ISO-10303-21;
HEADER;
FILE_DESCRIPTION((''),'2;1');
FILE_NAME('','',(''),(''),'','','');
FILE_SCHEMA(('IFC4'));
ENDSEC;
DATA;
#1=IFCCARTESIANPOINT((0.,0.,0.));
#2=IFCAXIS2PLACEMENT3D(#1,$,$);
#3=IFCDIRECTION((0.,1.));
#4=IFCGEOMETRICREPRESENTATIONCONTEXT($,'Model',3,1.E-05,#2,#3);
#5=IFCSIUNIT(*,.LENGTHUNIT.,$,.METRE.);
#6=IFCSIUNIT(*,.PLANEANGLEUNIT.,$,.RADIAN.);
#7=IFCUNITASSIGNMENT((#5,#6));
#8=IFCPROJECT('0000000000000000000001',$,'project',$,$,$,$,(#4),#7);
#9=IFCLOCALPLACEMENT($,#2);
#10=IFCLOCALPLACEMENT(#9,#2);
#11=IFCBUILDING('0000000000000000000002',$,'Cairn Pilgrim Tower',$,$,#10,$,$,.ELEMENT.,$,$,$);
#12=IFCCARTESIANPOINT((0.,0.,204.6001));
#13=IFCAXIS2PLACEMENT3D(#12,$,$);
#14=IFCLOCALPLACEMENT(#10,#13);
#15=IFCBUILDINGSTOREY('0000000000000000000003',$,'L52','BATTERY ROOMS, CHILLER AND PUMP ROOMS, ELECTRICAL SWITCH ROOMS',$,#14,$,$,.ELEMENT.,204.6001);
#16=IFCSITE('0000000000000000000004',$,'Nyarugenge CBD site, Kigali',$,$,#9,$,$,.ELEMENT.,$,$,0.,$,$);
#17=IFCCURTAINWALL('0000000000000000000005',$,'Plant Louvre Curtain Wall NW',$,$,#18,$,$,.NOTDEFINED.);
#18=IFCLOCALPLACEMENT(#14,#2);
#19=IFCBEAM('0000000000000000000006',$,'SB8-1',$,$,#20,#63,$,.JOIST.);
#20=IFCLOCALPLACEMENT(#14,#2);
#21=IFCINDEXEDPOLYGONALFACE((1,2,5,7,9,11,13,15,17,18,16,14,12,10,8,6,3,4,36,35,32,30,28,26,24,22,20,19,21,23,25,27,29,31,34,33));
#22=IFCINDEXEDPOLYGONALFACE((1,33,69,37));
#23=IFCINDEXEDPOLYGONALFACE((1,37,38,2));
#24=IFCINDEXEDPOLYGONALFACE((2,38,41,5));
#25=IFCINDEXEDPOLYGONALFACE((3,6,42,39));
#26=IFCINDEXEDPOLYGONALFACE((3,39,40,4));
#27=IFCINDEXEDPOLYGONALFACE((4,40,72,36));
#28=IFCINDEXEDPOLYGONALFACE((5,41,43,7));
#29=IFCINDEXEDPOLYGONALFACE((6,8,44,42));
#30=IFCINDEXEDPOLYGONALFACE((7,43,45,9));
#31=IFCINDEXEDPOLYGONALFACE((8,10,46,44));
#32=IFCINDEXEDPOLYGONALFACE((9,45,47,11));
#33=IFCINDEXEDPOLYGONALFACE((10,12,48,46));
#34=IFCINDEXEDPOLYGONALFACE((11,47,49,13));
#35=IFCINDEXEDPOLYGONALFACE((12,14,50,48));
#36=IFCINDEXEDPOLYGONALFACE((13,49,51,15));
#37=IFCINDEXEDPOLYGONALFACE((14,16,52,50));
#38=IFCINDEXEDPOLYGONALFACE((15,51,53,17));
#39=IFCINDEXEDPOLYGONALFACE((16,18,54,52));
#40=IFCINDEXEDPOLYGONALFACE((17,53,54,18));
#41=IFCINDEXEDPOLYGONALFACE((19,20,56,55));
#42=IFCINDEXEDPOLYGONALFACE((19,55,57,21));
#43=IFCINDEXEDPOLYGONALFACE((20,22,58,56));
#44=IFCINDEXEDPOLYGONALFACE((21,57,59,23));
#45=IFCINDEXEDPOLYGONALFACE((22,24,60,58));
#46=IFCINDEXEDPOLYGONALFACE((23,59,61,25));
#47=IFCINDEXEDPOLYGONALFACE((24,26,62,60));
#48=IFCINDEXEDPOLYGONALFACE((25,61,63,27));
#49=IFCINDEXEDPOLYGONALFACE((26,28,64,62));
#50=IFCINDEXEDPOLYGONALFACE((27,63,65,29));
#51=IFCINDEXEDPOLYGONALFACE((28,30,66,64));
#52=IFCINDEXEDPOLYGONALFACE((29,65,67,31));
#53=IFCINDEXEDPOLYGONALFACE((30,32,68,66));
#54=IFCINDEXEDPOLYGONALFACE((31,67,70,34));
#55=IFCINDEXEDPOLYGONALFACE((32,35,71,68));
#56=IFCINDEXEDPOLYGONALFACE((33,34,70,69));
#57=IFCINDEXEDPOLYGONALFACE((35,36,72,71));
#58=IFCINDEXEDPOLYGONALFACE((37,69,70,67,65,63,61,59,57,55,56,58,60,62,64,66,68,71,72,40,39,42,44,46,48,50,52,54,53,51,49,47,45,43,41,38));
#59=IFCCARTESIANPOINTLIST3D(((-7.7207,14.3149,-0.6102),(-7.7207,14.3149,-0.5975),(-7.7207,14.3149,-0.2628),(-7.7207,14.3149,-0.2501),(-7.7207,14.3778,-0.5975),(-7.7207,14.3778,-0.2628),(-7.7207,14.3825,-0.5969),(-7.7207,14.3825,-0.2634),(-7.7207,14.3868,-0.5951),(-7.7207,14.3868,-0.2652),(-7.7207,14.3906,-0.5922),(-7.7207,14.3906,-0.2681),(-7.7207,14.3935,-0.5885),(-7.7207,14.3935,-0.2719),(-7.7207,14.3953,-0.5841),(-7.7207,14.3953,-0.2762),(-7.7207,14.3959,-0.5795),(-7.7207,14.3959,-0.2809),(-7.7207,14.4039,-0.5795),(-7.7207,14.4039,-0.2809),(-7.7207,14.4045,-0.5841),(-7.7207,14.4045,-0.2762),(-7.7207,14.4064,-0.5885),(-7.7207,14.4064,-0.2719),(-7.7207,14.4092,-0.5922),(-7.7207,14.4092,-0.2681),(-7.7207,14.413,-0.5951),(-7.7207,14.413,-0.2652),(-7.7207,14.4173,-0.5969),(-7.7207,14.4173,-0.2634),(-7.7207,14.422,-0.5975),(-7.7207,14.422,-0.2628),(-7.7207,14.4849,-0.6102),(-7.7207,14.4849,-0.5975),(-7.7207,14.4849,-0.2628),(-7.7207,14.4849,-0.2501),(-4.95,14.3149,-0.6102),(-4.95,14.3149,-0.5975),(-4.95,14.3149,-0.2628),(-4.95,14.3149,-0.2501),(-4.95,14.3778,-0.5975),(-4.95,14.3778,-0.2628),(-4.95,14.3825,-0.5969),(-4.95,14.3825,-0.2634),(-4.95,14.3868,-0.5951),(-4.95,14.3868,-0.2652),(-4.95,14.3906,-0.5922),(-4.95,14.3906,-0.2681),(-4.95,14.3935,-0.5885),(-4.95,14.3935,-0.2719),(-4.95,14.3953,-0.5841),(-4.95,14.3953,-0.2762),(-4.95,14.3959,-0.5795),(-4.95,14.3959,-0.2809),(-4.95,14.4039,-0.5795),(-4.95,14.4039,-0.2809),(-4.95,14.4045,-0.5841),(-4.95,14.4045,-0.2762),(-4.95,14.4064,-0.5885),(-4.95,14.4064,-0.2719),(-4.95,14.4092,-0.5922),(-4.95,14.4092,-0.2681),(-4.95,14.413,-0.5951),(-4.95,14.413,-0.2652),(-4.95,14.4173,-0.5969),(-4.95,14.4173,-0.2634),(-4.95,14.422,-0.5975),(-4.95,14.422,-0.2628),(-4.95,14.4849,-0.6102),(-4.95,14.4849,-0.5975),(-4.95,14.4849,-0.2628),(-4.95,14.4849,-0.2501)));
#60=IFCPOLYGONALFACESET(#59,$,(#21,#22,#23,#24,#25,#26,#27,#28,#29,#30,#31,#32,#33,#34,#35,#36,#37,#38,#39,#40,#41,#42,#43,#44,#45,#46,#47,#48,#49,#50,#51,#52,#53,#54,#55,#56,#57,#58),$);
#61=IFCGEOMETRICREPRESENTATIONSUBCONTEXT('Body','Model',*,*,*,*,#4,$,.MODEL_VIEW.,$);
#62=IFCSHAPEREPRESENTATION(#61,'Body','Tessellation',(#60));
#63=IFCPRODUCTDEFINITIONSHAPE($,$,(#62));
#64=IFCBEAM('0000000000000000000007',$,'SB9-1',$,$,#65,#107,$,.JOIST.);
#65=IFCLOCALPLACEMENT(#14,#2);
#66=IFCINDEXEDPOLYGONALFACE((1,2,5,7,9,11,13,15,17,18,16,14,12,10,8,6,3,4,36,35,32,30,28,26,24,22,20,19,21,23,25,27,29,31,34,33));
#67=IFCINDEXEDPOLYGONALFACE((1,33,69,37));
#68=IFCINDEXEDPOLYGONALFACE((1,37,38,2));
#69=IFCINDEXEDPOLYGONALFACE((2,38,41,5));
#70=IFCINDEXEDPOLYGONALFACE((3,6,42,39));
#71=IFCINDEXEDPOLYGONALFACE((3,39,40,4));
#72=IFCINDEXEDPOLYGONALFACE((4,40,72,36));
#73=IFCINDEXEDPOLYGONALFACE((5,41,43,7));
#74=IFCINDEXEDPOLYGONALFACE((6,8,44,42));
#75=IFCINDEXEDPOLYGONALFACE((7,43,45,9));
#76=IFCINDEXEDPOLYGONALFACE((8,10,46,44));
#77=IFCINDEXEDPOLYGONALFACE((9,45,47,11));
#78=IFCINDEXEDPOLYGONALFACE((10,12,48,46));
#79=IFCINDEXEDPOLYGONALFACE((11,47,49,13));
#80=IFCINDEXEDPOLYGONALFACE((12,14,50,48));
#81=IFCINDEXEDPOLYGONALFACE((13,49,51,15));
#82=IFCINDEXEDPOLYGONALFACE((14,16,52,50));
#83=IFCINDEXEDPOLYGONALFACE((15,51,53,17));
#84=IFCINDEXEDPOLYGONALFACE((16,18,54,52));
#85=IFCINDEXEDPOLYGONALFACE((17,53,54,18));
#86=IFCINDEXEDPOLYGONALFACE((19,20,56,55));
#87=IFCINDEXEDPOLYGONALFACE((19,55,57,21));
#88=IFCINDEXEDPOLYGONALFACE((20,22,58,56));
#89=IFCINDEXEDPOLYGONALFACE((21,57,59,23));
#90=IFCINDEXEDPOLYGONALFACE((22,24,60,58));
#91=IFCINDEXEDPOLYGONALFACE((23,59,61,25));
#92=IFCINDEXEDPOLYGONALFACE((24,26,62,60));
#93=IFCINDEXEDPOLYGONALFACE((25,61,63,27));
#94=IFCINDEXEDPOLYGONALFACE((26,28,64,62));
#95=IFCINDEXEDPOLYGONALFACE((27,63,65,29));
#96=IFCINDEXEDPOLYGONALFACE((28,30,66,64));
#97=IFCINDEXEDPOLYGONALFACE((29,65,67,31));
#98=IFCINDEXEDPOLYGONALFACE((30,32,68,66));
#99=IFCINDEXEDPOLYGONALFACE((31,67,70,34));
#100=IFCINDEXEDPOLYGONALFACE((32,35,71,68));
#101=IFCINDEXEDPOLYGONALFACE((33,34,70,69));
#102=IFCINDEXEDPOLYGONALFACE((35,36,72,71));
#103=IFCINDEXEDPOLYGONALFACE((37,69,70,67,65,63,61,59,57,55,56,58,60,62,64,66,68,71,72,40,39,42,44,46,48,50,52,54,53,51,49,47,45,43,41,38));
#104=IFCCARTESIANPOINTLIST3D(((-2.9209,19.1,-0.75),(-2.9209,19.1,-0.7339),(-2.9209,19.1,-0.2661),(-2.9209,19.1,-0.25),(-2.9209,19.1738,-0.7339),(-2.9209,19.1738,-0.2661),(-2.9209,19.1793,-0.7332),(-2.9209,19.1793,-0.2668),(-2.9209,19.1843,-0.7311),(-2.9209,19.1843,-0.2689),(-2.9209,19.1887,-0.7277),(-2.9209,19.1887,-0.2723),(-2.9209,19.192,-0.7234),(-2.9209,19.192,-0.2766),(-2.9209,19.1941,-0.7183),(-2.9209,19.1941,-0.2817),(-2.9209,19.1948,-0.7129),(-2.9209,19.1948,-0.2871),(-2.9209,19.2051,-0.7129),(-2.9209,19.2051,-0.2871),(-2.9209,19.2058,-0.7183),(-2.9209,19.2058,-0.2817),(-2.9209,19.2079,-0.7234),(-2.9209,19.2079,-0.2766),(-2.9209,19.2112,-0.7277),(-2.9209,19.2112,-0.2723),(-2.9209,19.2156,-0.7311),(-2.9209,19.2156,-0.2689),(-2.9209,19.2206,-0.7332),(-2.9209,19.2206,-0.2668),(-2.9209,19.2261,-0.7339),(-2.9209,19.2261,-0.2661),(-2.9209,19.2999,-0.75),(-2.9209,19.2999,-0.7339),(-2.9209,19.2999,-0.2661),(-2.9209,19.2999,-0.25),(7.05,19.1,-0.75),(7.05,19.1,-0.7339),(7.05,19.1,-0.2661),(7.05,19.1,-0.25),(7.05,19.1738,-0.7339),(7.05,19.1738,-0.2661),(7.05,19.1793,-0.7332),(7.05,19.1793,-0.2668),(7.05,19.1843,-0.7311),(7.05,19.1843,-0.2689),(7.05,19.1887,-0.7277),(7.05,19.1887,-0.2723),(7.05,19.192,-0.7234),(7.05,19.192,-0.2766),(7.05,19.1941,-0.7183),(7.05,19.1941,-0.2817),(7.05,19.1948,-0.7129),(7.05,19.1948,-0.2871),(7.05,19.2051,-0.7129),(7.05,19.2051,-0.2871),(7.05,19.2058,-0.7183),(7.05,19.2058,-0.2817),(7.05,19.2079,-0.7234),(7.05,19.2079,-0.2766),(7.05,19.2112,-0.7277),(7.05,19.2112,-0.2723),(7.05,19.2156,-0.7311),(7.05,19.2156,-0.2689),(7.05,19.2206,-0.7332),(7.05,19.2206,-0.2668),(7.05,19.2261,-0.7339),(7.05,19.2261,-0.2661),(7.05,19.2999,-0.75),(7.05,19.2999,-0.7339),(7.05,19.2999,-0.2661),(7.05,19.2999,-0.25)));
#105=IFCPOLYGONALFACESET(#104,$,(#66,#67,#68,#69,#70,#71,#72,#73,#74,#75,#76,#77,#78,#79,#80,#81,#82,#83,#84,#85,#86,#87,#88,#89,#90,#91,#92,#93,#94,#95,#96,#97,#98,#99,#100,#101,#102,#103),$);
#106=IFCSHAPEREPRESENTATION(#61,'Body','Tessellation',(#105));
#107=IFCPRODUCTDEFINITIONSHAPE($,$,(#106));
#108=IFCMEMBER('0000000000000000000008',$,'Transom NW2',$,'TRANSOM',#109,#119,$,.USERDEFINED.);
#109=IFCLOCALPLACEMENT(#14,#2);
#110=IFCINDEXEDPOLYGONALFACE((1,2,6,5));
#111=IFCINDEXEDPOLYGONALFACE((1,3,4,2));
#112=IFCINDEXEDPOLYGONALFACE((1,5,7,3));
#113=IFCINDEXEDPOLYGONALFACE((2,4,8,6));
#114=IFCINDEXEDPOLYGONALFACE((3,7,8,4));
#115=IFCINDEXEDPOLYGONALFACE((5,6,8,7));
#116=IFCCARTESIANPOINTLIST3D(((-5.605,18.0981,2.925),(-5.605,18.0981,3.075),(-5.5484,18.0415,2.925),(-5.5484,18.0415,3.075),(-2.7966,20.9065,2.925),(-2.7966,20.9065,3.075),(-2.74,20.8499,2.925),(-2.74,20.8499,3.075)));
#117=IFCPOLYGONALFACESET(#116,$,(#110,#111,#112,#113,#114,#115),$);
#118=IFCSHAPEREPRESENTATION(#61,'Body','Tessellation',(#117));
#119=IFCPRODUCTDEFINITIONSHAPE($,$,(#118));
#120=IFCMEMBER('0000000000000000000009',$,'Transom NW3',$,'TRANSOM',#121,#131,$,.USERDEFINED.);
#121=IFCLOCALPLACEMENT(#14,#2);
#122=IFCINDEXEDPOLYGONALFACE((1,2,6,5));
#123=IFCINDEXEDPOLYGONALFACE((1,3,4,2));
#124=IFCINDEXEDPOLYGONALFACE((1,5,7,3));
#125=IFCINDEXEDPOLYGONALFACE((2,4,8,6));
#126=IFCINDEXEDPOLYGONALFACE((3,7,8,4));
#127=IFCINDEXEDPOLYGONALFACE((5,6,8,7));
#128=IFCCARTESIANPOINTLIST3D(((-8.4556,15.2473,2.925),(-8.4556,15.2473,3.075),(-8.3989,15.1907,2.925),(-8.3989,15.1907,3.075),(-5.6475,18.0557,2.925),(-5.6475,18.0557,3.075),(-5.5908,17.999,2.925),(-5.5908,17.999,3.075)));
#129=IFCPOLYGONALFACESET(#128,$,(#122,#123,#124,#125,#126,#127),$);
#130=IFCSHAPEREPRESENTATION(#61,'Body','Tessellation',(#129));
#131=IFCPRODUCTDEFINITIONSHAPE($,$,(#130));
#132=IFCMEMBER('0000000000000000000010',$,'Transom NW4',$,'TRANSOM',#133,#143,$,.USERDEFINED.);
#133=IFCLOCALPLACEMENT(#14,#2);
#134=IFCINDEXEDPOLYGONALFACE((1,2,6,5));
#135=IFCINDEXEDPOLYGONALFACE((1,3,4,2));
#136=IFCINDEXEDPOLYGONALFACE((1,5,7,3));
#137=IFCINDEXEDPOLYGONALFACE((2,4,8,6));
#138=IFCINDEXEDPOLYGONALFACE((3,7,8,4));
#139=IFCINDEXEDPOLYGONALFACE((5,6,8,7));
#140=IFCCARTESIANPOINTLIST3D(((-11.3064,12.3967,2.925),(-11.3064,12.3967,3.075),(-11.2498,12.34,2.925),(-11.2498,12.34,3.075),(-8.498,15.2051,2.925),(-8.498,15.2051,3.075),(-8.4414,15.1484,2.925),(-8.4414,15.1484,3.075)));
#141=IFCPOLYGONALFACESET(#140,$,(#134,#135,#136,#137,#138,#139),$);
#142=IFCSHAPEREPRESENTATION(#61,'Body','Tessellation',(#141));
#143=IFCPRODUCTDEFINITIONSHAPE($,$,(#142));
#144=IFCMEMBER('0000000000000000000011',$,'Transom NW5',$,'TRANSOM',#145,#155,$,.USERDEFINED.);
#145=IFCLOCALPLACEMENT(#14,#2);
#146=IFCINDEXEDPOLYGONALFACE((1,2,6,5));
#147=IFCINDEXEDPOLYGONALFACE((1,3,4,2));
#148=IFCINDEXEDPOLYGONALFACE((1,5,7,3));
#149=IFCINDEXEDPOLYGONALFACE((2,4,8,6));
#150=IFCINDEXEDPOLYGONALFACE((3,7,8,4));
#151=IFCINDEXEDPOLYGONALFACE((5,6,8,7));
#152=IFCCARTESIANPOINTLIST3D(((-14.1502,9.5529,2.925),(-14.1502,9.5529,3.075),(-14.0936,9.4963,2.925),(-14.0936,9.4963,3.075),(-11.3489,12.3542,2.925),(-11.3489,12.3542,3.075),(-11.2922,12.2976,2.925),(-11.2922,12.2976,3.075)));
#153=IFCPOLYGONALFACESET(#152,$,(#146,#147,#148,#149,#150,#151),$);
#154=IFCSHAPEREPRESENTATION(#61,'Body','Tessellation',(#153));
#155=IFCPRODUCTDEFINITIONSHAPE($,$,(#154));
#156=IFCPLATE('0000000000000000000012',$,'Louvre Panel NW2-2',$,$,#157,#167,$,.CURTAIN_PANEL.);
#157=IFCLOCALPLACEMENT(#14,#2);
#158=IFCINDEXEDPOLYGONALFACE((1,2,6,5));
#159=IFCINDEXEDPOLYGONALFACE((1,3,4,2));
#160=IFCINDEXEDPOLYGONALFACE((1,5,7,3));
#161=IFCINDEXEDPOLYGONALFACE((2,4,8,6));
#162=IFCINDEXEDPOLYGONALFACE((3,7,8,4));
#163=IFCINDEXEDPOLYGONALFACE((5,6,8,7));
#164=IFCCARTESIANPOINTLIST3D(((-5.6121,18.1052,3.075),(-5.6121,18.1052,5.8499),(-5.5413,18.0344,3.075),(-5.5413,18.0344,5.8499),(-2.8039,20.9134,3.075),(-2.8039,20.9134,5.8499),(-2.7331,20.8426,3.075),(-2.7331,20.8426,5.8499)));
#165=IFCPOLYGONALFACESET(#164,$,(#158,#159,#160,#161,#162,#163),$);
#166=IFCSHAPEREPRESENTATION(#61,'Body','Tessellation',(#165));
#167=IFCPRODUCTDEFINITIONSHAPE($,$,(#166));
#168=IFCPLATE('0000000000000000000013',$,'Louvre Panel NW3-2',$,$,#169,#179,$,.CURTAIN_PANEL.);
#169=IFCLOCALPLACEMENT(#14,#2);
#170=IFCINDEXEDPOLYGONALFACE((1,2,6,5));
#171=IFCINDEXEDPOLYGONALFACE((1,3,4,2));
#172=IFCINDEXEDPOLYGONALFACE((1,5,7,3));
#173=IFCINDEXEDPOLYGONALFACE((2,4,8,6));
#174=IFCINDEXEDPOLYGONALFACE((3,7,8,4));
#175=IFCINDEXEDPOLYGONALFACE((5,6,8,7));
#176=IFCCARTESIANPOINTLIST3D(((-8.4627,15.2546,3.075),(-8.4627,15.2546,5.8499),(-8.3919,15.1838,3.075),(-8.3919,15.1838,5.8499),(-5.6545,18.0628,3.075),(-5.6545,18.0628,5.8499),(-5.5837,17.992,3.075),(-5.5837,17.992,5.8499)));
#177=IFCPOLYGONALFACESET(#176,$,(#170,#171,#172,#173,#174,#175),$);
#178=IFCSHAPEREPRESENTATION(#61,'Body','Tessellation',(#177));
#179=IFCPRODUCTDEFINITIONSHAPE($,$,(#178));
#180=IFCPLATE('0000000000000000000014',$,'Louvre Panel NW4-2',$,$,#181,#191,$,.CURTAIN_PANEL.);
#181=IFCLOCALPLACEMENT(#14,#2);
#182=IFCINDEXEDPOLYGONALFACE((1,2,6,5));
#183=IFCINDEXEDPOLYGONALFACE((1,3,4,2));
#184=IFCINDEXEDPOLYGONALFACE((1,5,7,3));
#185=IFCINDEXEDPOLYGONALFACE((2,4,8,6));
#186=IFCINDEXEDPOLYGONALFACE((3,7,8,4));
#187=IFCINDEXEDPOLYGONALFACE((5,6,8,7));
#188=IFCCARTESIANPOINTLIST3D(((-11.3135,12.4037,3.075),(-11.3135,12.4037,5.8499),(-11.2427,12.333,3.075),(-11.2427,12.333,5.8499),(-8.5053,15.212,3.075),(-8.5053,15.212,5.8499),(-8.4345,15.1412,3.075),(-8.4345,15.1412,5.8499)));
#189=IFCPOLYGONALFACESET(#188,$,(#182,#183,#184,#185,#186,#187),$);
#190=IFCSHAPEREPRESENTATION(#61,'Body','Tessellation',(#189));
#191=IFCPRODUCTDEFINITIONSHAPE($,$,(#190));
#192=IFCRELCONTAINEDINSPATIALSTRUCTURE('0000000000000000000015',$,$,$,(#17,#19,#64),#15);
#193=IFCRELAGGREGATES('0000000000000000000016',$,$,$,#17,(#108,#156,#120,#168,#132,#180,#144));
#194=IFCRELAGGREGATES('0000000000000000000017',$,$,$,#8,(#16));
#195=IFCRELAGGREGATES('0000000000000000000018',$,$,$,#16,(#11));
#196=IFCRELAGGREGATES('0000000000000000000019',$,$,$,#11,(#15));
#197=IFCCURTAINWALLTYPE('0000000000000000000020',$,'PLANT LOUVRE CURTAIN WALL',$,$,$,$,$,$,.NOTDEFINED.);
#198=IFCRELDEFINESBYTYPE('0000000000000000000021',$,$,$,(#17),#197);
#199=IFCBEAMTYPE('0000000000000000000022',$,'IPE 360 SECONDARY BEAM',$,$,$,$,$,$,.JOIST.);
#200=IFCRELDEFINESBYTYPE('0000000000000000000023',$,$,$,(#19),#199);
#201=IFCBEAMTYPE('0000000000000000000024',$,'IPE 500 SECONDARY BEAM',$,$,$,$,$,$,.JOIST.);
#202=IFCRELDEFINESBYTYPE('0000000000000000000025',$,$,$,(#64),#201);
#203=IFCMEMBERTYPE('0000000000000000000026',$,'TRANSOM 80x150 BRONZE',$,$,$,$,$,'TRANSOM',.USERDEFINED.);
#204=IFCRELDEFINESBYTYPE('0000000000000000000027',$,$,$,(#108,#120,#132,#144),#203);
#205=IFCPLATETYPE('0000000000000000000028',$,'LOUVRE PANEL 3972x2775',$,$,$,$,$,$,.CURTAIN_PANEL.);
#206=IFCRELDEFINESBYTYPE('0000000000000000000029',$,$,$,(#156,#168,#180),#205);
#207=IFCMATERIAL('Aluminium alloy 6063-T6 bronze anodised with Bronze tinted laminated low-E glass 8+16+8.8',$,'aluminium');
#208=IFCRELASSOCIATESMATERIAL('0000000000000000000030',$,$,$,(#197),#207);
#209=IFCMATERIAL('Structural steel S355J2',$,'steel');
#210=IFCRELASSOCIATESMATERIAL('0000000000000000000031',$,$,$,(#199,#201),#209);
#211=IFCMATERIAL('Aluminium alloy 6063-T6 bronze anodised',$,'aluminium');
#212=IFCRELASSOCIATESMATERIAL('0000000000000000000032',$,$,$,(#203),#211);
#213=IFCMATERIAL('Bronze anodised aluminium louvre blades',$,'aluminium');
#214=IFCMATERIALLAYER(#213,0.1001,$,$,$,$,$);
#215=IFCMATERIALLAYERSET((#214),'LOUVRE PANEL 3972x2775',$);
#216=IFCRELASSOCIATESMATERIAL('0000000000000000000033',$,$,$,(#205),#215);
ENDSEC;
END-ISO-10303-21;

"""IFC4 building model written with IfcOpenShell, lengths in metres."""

from ifc_helpers import new_model, si_unit, direction, frame, origin, origin_2d, place, context, subcontext, project, spatial, rectangle, i_section, extrude, material, layer, layer_set, material_profile, profile_set, type_object, element, aggregate, save


model = new_model("IFC4")

# Units and contexts
model_context = context("Model", 3, precision=1e-05, world=origin(), true_north=direction((0.0, 1.0)))
body_context = subcontext(model_context, "Body", "Model", "MODEL_VIEW")
ifc_project = project(units=[si_unit("LENGTHUNIT", "METRE"), si_unit("PLANEANGLEUNIT", "RADIAN")], contexts=[model_context])

# Site, building, storey
site_placement = place(None, origin())
site = spatial("IfcSite", under=ifc_project, at=site_placement, Name="Nyarugenge CBD site, Kigali", CompositionType="ELEMENT", RefElevation=0.0)
building_placement = place(site_placement, origin())
building = spatial("IfcBuilding", under=site, at=building_placement, Name="Cairn Pilgrim Tower", CompositionType="ELEMENT")
storey_placement = place(building_placement, frame((0.0, 0.0, 204.6001)))
storey = spatial("IfcBuildingStorey", under=building, at=storey_placement, Name="L52", Description="BATTERY ROOMS, CHILLER AND PUMP ROOMS, ELECTRICAL SWITCH ROOMS", CompositionType="ELEMENT", Elevation=204.6001)

# Shared definitions
ifc_material_1 = material(Name="Structural steel S355J2", Category="steel")

# Curtain wall
ifc_material_2 = material(Name="Aluminium alloy 6063-T6 bronze anodised with Bronze tinted laminated low-E glass 8+16+8.8", Category="aluminium")
curtain_wall_type = type_object("IfcCurtainWallType", Name="PLANT LOUVRE CURTAIN WALL", PredefinedType="NOTDEFINED", material=ifc_material_2)
curtain_wall_placement = place(storey_placement, origin())
curtain_wall = element("IfcCurtainWall", 1, at=curtain_wall_placement, inside=storey, type_object=curtain_wall_type, Name="Plant Louvre Curtain Wall NW", PredefinedType="NOTDEFINED")
ifc_material_3 = material(Name="Aluminium alloy 6063-T6 bronze anodised", Category="aluminium")

# Beams
ifc_material_profile_1 = material_profile(ifc_material_1, i_section(OverallWidth=0.1699, OverallDepth=0.3601, WebThickness=0.0081, FlangeThickness=0.0127, FilletRadius=0.0181, at=origin_2d()), Name="IPE 360")
ifc_profile_set_1 = profile_set([ifc_material_profile_1], Name="Structural steel S355J2")
beam_type_1 = type_object("IfcBeamType", Name="IPE 360 SECONDARY BEAM", PredefinedType="JOIST", material=ifc_profile_set_1)
beam_1_placement = place(storey_placement, frame((-7.7207, 14.3999, -0.4302), z_axis=(1.0, 0.0, 0.0), x_axis=(0.0, 1.0, 0.0)))
element("IfcBeam", 2, at=beam_1_placement, inside=storey, type_object=beam_type_1, Name="SB8-1", PredefinedType="JOIST", context=body_context, shape_type="SweptSolid", body=[
    extrude(i_section(OverallWidth=0.1699, OverallDepth=0.3601, WebThickness=0.0081, FlangeThickness=0.0127, FilletRadius=0.0181, at=origin_2d()), origin(), (0.0, 0.0, 1.0), 2.7708),
])
ifc_material_profile_2 = material_profile(ifc_material_1, i_section(OverallWidth=0.2, OverallDepth=0.5, WebThickness=0.0103, FlangeThickness=0.0161, FilletRadius=0.021, at=origin_2d()), Name="IPE 500")
ifc_profile_set_2 = profile_set([ifc_material_profile_2], Name="Structural steel S355J2")
beam_type_2 = type_object("IfcBeamType", Name="IPE 500 SECONDARY BEAM", PredefinedType="JOIST", material=ifc_profile_set_2)
beam_2_placement = place(storey_placement, frame((-2.9209, 19.2, -0.5), z_axis=(1.0, 0.0, 0.0), x_axis=(0.0, 1.0, 0.0)))
element("IfcBeam", 3, at=beam_2_placement, inside=storey, type_object=beam_type_2, Name="SB9-1", PredefinedType="JOIST", context=body_context, shape_type="SweptSolid", body=[
    extrude(i_section(OverallWidth=0.2, OverallDepth=0.5, WebThickness=0.0103, FlangeThickness=0.0161, FilletRadius=0.021, at=origin_2d()), origin(), (0.0, 0.0, 1.0), 9.9709),
])

# Members
ifc_material_profile_3 = material_profile(ifc_material_3, rectangle(XDim=0.0801, YDim=0.1499, at=origin_2d()), Name="TRANSOM 80x150 BRONZE")
ifc_profile_set_3 = profile_set([ifc_material_profile_3], Name="Aluminium alloy 6063-T6 bronze anodised")
member_type_1 = type_object("IfcMemberType", Name="TRANSOM 80x150 BRONZE", ElementType="TRANSOM", PredefinedType="USERDEFINED", material=ifc_profile_set_3)
member_1_placement = place(storey_placement, frame((-2.7683, 20.8782, 3.0), z_axis=(-0.707107, -0.707107, 0.0), x_axis=(0.707107, -0.707107, 0.0)))
member_1 = element("IfcMember", 4, at=member_1_placement, type_object=member_type_1, Name="Transom NW2", ObjectType="TRANSOM", PredefinedType="USERDEFINED", context=body_context, shape_type="SweptSolid", body=[
    extrude(rectangle(XDim=0.0801, YDim=0.1499, at=origin_2d()), origin(), (0.0, 0.0, 1.0), 3.9717),
])
member_2_placement = place(storey_placement, frame((-5.6191, 18.0273, 3.0), z_axis=(-0.707076, -0.707138, 0.0), x_axis=(0.707138, -0.707076, 0.0)))
member_2 = element("IfcMember", 5, at=member_2_placement, type_object=member_type_1, Name="Transom NW3", ObjectType="TRANSOM", PredefinedType="USERDEFINED", context=body_context, shape_type="SweptSolid", body=[
    extrude(rectangle(XDim=0.0801, YDim=0.1499, at=origin_2d()), origin(), (0.0, 0.0, 1.0), 3.9714),
])
member_3_placement = place(storey_placement, frame((-8.4697, 15.1768, 3.0), z_axis=(-0.707107, -0.707107, 0.0), x_axis=(0.707107, -0.707107, 0.0)))
member_3 = element("IfcMember", 6, at=member_3_placement, type_object=member_type_1, Name="Transom NW4", ObjectType="TRANSOM", PredefinedType="USERDEFINED", context=body_context, shape_type="SweptSolid", body=[
    extrude(rectangle(XDim=0.0801, YDim=0.1499, at=origin_2d()), origin(), (0.0, 0.0, 1.0), 3.9717),
])
member_4_placement = place(storey_placement, frame((-11.3206, 12.3259, 3.0), z_axis=(-0.707107, -0.707107, 0.0), x_axis=(0.707107, -0.707107, 0.0)))
member_4 = element("IfcMember", 7, at=member_4_placement, type_object=member_type_1, Name="Transom NW5", ObjectType="TRANSOM", PredefinedType="USERDEFINED", context=body_context, shape_type="SweptSolid", body=[
    extrude(rectangle(XDim=0.0801, YDim=0.1499, at=origin_2d()), origin(), (0.0, 0.0, 1.0), 3.9617),
])

# Plates
ifc_material_4 = material(Name="Bronze anodised aluminium louvre blades", Category="aluminium")
ifc_layer_1 = layer(ifc_material_4, 0.1001)
ifc_layer_set_1 = layer_set([ifc_layer_1], Name="LOUVRE PANEL 3972x2775")
plate_type_1 = type_object("IfcPlateType", Name="LOUVRE PANEL 3972x2775", PredefinedType="CURTAIN_PANEL", material=ifc_layer_set_1)
plate_1_placement = place(storey_placement, frame((-4.1726, 19.4739, 3.075), z_axis=(0.0, 0.0, 1.0), x_axis=(-0.707107, -0.707107, 0.0)))
plate_1 = element("IfcPlate", 8, at=plate_1_placement, type_object=plate_type_1, Name="Louvre Panel NW2-2", PredefinedType="CURTAIN_PANEL", context=body_context, shape_type="SweptSolid", body=[
    extrude(rectangle(XDim=3.9714, YDim=0.1001, at=origin_2d()), origin(), (0.0, 0.0, 1.0), 2.7749),
])
plate_2_placement = place(storey_placement, frame((-7.0232, 16.6233, 3.075), z_axis=(0.0, 0.0, 1.0), x_axis=(-0.707107, -0.707107, 0.0)))
plate_2 = element("IfcPlate", 9, at=plate_2_placement, type_object=plate_type_1, Name="Louvre Panel NW3-2", PredefinedType="CURTAIN_PANEL", context=body_context, shape_type="SweptSolid", body=[
    extrude(rectangle(XDim=3.9714, YDim=0.1001, at=origin_2d()), origin(), (0.0, 0.0, 1.0), 2.7749),
])
plate_3_placement = place(storey_placement, frame((-9.874, 13.7725, 3.075), z_axis=(0.0, 0.0, 1.0), x_axis=(-0.707107, -0.707107, 0.0)))
plate_3 = element("IfcPlate", 10, at=plate_3_placement, type_object=plate_type_1, Name="Louvre Panel NW4-2", PredefinedType="CURTAIN_PANEL", context=body_context, shape_type="SweptSolid", body=[
    extrude(rectangle(XDim=3.9714, YDim=0.1001, at=origin_2d()), origin(), (0.0, 0.0, 1.0), 2.7749),
])
aggregate(curtain_wall, [member_1, plate_1, member_2, plate_2, member_3, plate_3, member_4])

save(model, "model.ifc")
